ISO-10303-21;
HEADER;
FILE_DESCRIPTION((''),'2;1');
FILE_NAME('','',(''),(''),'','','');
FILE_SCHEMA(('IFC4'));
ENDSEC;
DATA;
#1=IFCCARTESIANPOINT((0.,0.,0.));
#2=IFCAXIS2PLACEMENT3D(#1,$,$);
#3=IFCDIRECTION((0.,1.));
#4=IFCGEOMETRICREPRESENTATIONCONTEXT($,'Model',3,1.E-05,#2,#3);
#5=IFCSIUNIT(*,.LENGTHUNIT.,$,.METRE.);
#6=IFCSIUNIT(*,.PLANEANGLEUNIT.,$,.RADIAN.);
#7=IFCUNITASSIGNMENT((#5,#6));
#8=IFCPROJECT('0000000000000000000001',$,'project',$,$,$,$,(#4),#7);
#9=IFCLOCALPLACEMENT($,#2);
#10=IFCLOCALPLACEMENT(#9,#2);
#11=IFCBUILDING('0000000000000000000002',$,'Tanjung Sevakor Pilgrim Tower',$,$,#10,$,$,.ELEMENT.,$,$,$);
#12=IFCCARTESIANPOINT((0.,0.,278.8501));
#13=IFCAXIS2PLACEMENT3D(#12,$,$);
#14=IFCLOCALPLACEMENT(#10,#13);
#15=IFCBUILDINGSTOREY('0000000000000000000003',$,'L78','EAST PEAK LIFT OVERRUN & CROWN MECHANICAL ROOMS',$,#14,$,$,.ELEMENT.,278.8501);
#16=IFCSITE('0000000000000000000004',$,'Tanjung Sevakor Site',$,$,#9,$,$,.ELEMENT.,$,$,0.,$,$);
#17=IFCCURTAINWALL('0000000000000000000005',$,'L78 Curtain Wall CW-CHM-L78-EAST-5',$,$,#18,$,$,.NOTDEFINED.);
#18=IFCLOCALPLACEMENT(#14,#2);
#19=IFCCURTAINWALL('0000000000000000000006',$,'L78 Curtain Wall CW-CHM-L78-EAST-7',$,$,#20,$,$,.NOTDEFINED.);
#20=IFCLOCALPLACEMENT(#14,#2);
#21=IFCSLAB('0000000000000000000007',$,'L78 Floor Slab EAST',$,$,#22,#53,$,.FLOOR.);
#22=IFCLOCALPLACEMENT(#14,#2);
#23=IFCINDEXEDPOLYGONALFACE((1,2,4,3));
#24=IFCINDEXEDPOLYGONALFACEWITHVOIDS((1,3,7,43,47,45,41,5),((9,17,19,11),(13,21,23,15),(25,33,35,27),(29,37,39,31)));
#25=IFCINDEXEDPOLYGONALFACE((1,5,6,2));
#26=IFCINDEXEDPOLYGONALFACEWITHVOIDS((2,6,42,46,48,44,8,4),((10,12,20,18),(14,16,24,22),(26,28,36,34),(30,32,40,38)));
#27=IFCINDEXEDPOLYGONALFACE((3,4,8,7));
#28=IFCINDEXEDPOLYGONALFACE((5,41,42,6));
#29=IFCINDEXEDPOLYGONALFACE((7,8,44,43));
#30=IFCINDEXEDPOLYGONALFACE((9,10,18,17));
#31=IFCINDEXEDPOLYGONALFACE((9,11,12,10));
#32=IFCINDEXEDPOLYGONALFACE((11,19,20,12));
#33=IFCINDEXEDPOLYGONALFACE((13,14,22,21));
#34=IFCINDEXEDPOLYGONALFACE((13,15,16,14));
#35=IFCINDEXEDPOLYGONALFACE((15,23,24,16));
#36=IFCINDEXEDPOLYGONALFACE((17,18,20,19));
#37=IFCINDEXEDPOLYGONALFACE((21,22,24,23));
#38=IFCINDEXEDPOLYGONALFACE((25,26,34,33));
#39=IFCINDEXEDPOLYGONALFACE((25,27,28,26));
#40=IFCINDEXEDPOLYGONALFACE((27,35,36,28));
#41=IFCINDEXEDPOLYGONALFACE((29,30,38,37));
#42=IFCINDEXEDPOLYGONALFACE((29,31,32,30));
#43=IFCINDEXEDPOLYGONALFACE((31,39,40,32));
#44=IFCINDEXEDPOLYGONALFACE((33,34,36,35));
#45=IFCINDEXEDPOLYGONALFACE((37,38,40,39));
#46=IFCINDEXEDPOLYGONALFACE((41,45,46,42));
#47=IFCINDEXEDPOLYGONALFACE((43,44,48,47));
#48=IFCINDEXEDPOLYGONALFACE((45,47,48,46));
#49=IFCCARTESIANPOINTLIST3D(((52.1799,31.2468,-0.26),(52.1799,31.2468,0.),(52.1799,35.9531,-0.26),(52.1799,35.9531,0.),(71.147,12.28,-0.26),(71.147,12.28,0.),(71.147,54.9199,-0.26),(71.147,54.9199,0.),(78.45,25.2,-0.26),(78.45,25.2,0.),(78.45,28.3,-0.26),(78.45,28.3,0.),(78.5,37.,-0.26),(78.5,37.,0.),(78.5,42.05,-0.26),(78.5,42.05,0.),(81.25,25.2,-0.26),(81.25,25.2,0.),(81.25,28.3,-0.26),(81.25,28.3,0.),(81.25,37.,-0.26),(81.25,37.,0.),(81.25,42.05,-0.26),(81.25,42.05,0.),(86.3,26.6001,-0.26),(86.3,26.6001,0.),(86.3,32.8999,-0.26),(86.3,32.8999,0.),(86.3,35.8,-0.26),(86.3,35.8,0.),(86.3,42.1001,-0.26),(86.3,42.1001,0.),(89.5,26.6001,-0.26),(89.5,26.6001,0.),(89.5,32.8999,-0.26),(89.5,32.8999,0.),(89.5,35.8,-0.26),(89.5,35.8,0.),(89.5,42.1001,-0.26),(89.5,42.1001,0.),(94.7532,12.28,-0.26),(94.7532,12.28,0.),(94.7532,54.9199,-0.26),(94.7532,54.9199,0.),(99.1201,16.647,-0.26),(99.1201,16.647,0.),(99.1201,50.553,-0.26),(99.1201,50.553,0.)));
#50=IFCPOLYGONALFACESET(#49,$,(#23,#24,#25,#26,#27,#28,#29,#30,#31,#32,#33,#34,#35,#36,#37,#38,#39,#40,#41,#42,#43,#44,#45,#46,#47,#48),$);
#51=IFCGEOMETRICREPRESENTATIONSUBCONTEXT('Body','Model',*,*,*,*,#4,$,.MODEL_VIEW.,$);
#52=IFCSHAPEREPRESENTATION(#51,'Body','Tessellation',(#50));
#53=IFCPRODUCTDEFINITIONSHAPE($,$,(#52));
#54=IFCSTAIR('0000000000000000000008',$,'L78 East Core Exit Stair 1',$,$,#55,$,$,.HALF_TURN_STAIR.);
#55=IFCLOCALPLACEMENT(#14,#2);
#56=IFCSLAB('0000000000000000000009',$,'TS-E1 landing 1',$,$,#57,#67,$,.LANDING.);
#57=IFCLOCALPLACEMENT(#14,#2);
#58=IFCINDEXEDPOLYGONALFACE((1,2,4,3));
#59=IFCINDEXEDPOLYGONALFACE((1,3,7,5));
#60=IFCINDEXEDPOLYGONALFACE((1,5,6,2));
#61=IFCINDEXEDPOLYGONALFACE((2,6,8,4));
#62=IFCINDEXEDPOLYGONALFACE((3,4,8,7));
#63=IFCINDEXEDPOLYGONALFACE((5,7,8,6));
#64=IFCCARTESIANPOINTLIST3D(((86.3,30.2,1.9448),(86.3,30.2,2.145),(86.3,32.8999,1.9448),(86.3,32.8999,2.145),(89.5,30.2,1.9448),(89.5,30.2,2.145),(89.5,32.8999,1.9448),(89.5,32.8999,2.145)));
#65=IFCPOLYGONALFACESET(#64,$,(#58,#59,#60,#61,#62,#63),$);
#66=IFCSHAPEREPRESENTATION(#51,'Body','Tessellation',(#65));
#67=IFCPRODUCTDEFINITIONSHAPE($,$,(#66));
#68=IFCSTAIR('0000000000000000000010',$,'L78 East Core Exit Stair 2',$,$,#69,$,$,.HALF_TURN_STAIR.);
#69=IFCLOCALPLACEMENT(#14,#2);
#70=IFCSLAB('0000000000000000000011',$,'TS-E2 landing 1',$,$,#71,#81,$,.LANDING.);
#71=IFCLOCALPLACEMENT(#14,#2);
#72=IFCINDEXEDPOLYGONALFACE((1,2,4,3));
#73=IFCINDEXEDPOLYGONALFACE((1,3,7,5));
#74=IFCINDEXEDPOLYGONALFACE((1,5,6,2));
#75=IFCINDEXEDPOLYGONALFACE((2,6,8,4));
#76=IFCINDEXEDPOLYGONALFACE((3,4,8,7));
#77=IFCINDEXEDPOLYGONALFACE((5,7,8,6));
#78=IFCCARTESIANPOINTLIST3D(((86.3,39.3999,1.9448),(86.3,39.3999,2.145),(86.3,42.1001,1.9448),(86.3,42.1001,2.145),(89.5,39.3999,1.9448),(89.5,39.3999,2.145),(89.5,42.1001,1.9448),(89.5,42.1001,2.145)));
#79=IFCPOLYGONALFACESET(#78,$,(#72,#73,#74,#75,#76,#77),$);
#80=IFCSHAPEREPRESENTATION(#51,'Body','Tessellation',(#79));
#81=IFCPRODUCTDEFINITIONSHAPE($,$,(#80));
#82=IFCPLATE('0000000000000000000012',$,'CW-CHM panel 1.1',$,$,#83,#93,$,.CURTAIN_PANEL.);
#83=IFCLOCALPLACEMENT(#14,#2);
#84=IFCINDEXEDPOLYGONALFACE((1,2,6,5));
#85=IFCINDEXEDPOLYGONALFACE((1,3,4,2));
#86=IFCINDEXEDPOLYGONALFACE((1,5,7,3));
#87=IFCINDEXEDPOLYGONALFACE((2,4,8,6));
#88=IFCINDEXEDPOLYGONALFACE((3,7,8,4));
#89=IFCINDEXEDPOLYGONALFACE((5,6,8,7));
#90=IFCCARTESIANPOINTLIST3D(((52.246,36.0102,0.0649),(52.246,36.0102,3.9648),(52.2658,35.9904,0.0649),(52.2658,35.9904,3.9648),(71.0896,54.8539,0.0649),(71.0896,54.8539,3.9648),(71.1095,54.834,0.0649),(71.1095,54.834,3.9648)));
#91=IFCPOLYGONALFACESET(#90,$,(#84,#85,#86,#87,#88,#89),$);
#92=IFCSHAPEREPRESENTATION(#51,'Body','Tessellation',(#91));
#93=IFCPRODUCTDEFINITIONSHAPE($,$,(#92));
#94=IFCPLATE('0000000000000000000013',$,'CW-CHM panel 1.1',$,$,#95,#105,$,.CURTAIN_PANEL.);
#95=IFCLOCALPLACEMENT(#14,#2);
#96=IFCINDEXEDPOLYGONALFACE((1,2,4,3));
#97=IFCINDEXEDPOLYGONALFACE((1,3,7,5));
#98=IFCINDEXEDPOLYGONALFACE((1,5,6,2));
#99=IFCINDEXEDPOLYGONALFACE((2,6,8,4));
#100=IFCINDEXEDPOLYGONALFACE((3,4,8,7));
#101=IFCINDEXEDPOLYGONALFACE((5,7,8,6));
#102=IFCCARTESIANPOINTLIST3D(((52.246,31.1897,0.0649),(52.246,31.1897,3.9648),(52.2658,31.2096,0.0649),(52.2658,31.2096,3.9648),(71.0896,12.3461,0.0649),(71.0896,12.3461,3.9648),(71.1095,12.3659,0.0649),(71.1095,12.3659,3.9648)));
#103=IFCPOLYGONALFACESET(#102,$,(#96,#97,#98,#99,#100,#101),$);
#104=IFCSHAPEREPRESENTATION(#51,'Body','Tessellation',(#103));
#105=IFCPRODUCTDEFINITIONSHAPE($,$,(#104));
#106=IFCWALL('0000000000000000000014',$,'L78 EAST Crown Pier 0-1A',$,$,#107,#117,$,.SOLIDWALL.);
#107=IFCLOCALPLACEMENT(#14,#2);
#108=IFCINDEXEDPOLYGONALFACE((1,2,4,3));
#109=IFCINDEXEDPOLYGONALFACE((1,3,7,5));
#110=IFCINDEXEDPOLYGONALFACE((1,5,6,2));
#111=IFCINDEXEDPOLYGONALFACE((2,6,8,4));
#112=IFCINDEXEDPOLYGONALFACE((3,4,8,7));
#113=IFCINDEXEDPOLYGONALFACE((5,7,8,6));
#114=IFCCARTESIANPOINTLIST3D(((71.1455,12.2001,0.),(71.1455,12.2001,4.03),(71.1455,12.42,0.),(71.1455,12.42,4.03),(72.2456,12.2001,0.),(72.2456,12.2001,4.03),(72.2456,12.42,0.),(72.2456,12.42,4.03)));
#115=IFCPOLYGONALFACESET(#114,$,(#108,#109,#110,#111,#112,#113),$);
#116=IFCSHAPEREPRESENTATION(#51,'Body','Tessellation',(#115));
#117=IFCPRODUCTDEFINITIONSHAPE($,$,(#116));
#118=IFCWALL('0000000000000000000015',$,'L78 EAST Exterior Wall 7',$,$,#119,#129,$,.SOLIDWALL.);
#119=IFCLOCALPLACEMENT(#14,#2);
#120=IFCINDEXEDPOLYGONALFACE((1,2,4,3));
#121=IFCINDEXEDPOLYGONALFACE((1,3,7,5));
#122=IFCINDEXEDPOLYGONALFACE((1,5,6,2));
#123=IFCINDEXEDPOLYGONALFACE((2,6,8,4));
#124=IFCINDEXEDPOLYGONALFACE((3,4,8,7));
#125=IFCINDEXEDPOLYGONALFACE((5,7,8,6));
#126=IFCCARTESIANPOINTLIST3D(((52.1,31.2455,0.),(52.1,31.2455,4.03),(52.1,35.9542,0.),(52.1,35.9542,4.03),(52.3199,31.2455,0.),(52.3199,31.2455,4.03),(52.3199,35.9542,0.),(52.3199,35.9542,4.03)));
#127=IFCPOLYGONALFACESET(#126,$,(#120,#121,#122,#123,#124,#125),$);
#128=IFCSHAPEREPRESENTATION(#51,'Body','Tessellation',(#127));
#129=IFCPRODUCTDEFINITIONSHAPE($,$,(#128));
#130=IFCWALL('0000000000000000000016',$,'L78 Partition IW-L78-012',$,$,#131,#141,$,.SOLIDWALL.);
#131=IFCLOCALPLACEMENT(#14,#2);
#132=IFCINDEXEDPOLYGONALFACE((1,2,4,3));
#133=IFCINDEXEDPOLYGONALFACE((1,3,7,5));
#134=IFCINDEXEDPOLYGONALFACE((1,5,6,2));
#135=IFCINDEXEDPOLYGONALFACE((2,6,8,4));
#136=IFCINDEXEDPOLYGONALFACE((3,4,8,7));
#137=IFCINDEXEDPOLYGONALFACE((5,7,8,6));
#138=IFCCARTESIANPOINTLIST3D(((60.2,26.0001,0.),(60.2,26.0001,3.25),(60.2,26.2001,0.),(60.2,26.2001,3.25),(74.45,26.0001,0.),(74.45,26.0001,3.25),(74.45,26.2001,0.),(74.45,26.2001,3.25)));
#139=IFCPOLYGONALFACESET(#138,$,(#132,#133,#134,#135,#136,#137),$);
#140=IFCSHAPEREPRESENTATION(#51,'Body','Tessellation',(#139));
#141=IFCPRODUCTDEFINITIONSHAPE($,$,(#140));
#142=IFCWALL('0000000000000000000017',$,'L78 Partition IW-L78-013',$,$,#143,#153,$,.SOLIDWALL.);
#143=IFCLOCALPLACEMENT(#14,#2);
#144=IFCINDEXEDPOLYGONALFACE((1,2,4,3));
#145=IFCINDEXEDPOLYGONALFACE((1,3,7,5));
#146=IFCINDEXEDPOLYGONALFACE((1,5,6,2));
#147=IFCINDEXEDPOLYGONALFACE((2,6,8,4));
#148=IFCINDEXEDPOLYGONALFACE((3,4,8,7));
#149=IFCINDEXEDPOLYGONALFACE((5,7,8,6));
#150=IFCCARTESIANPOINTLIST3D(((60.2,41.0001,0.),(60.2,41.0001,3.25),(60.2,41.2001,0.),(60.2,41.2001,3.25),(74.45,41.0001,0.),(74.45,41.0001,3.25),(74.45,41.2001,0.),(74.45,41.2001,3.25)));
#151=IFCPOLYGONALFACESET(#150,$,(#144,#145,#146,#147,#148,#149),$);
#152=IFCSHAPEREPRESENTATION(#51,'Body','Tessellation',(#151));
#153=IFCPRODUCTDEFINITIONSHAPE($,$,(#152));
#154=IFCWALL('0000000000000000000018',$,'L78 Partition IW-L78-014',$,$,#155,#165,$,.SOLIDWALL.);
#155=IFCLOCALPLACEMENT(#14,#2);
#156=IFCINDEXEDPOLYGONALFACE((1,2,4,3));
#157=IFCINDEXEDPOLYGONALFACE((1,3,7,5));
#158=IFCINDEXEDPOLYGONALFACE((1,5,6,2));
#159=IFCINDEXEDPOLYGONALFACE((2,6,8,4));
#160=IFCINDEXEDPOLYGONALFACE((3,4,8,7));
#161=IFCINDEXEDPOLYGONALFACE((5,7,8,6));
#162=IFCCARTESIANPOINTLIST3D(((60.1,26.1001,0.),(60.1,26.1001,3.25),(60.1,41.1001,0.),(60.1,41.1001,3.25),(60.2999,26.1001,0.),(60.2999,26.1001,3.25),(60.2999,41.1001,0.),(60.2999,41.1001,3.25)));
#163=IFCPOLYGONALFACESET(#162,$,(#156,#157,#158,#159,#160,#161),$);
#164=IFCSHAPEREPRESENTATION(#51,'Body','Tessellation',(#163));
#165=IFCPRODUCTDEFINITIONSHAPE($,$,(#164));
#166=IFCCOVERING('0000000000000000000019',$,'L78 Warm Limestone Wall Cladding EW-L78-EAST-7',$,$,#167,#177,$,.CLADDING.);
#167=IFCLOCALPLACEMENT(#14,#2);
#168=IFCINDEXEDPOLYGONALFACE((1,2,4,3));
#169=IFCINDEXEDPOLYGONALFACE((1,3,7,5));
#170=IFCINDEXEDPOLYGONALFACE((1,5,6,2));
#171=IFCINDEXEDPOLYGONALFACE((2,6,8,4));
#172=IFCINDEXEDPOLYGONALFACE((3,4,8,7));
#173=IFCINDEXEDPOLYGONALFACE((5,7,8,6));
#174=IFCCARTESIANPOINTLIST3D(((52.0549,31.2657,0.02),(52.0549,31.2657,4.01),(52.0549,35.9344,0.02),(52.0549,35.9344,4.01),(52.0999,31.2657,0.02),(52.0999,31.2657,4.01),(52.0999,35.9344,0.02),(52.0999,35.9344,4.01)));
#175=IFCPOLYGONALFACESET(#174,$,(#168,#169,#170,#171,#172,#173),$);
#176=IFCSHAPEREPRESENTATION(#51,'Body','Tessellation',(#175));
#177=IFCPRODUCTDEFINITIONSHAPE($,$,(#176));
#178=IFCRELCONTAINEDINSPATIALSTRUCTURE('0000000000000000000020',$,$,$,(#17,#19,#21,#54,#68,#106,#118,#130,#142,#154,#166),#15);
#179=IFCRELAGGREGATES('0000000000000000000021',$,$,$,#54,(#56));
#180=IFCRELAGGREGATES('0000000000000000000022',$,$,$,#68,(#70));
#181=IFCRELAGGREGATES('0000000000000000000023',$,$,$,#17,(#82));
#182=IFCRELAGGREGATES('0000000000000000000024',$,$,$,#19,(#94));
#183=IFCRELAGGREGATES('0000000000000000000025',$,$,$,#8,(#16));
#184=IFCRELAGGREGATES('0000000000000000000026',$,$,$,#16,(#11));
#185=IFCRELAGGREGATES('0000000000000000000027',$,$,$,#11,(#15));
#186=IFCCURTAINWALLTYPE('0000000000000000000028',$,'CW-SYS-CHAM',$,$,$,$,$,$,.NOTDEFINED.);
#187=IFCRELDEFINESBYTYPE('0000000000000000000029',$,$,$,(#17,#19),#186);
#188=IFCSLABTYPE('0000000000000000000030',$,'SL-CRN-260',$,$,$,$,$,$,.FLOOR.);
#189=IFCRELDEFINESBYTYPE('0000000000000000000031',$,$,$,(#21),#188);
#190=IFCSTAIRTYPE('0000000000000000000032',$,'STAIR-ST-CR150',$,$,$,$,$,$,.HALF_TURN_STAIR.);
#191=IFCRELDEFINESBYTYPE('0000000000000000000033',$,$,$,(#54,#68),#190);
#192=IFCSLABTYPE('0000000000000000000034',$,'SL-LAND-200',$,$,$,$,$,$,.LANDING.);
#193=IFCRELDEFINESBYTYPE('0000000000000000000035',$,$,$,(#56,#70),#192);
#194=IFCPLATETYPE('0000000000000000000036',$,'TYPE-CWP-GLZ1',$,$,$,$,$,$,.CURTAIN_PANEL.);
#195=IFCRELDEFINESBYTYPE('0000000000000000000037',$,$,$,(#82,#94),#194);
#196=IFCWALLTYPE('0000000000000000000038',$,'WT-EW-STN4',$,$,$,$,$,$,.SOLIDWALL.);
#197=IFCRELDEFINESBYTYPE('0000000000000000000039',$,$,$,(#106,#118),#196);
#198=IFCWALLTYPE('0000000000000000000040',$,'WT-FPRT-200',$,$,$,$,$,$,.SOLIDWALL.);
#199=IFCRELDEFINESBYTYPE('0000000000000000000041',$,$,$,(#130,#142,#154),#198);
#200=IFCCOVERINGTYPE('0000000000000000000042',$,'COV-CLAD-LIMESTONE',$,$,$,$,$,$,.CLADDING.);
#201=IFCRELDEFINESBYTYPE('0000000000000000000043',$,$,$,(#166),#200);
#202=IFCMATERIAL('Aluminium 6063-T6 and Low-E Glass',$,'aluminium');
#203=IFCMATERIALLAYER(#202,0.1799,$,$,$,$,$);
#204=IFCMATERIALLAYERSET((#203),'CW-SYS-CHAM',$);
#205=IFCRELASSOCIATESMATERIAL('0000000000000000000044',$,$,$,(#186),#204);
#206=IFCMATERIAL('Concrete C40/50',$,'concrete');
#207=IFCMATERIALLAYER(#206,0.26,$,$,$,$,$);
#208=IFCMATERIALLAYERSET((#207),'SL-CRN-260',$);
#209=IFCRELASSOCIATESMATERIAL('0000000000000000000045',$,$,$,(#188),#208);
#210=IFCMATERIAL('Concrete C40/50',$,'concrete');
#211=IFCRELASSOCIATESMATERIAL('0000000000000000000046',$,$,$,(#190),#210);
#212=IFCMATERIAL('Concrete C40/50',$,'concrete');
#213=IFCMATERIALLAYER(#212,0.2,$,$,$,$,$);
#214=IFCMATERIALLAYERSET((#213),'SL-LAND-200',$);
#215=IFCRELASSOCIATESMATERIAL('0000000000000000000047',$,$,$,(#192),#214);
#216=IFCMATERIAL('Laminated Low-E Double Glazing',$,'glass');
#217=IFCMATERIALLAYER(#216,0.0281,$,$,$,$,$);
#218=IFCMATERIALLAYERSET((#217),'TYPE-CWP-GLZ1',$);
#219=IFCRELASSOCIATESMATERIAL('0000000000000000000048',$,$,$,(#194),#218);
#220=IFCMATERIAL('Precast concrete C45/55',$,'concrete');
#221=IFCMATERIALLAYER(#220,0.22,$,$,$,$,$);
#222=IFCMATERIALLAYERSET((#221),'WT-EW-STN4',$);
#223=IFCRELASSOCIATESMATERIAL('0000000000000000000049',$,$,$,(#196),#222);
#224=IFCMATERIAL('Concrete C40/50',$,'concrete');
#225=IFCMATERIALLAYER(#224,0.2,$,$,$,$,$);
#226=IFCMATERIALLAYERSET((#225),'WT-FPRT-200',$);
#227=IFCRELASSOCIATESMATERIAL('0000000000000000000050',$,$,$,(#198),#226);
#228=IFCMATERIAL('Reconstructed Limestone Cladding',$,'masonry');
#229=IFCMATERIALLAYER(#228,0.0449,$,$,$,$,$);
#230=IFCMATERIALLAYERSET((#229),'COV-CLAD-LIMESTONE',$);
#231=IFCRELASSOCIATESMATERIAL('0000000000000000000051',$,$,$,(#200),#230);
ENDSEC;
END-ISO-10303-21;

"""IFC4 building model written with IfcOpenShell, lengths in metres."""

from ifc_helpers import new_model, si_unit, direction, frame, frame_2d, origin, origin_2d, place, context, subcontext, project, spatial, polyline, rectangle, outline, extrude, material, layer, layer_set, type_object, element, aggregate, save


model = new_model("IFC4")

# Units and contexts
model_context = context("Model", 3, precision=1e-05, world=origin(), true_north=direction((0.0, 1.0)))
body_context = subcontext(model_context, "Body", "Model", "MODEL_VIEW")
ifc_project = project(units=[si_unit("LENGTHUNIT", "METRE"), si_unit("PLANEANGLEUNIT", "RADIAN")], contexts=[model_context])

# Site, building, storey
site_placement = place(None, origin())
site = spatial("IfcSite", under=ifc_project, at=site_placement, Name="Tanjung Sevakor Site", CompositionType="ELEMENT", RefElevation=0.0)
building_placement = place(site_placement, origin())
building = spatial("IfcBuilding", under=site, at=building_placement, Name="Tanjung Sevakor Pilgrim Tower", CompositionType="ELEMENT")
storey_placement = place(building_placement, frame((0.0, 0.0, 278.8501)))
storey = spatial("IfcBuildingStorey", under=building, at=storey_placement, Name="L78", Description="EAST PEAK LIFT OVERRUN & CROWN MECHANICAL ROOMS", CompositionType="ELEMENT", Elevation=278.8501)

# Curtain walls
ifc_material_1 = material(Name="Aluminium 6063-T6 and Low-E Glass", Category="aluminium")
ifc_layer_1 = layer(ifc_material_1, 0.1799)
ifc_layer_set_1 = layer_set([ifc_layer_1], Name="CW-SYS-CHAM")
curtain_wall_type = type_object("IfcCurtainWallType", Name="CW-SYS-CHAM", PredefinedType="NOTDEFINED", material=ifc_layer_set_1)
curtain_wall_1_placement = place(storey_placement, origin())
curtain_wall_1 = element("IfcCurtainWall", 1, at=curtain_wall_1_placement, inside=storey, type_object=curtain_wall_type, Name="L78 Curtain Wall CW-CHM-L78-EAST-5", PredefinedType="NOTDEFINED")
curtain_wall_2_placement = place(storey_placement, origin())
curtain_wall_2 = element("IfcCurtainWall", 2, at=curtain_wall_2_placement, inside=storey, type_object=curtain_wall_type, Name="L78 Curtain Wall CW-CHM-L78-EAST-7", PredefinedType="NOTDEFINED")

# Slab
ifc_material_2 = material(Name="Concrete C40/50", Category="concrete")
ifc_layer_2 = layer(ifc_material_2, 0.26)
ifc_layer_set_2 = layer_set([ifc_layer_2], Name="SL-CRN-260")
slab_type_1 = type_object("IfcSlabType", Name="SL-CRN-260", PredefinedType="FLOOR", material=ifc_layer_set_2)
slab_1_placement = place(storey_placement, frame((0.0, 0.0, -0.26)))
element("IfcSlab", 3, at=slab_1_placement, inside=storey, type_object=slab_type_1, Name="L78 Floor Slab EAST", PredefinedType="FLOOR", context=body_context, shape_type="SweptSolid", body=[
    extrude(outline(polyline([(71.147, 12.28), (94.7532, 12.28), (99.1201, 16.647), (99.1201, 50.553), (94.7532, 54.9199), (71.147, 54.9199), (52.1799, 35.9531), (52.1799, 31.2468), (71.147, 12.28)]), holes=[polyline([(89.5, 26.6001), (89.5, 32.8999), (86.3, 32.8999), (86.3, 26.6001), (89.5, 26.6001)]), polyline([(89.5, 35.8), (89.5, 42.1001), (86.3, 42.1001), (86.3, 35.8), (89.5, 35.8)]), polyline([(78.45, 25.2), (81.25, 25.2), (81.25, 28.3), (78.45, 28.3), (78.45, 25.2)]), polyline([(78.5, 37.0), (81.25, 37.0), (81.25, 42.05), (78.5, 42.05), (78.5, 37.0)])]), origin(), (0.0, 0.0, 1.0), 0.26),
])

# Stairs, slabs
ifc_material_3 = material(Name="Concrete C40/50", Category="concrete")
stair_type = type_object("IfcStairType", Name="STAIR-ST-CR150", PredefinedType="HALF_TURN_STAIR", material=ifc_material_3)
stair_1_placement = place(storey_placement, origin())
stair_1 = element("IfcStair", 4, at=stair_1_placement, inside=storey, type_object=stair_type, Name="L78 East Core Exit Stair 1", PredefinedType="HALF_TURN_STAIR")
ifc_material_4 = material(Name="Concrete C40/50", Category="concrete")
ifc_layer_3 = layer(ifc_material_4, 0.2)
ifc_layer_set_3 = layer_set([ifc_layer_3], Name="SL-LAND-200")
slab_type_2 = type_object("IfcSlabType", Name="SL-LAND-200", PredefinedType="LANDING", material=ifc_layer_set_3)
slab_2_placement = place(storey_placement, frame((0.0, 0.0, 1.9448)))
slab_2 = element("IfcSlab", 5, at=slab_2_placement, type_object=slab_type_2, Name="TS-E1 landing 1", PredefinedType="LANDING", context=body_context, shape_type="SweptSolid", body=[
    extrude(outline(polyline([(89.5, 30.2), (89.5, 32.8999), (86.3, 32.8999), (86.3, 30.2), (89.5, 30.2)])), origin(), (0.0, 0.0, 1.0), 0.2002),
])
aggregate(stair_1, [slab_2])
stair_2_placement = place(storey_placement, origin())
stair_2 = element("IfcStair", 6, at=stair_2_placement, inside=storey, type_object=stair_type, Name="L78 East Core Exit Stair 2", PredefinedType="HALF_TURN_STAIR")
slab_3_placement = place(storey_placement, frame((0.0, 0.0, 1.9448)))
slab_3 = element("IfcSlab", 7, at=slab_3_placement, type_object=slab_type_2, Name="TS-E2 landing 1", PredefinedType="LANDING", context=body_context, shape_type="SweptSolid", body=[
    extrude(outline(polyline([(89.5, 39.3999), (89.5, 42.1001), (86.3, 42.1001), (86.3, 39.3999), (89.5, 39.3999)])), origin(), (0.0, 0.0, 1.0), 0.2002),
])
aggregate(stair_2, [slab_3])

# Plates
ifc_material_5 = material(Name="Laminated Low-E Double Glazing", Category="glass")
ifc_layer_4 = layer(ifc_material_5, 0.0281)
ifc_layer_set_4 = layer_set([ifc_layer_4], Name="TYPE-CWP-GLZ1")
plate_type = type_object("IfcPlateType", Name="TYPE-CWP-GLZ1", PredefinedType="CURTAIN_PANEL", material=ifc_layer_set_4)
plate_1_placement = place(storey_placement, frame((61.6777, 45.4221, 0.0649), z_axis=(0.0, 0.0, 1.0), x_axis=(-0.707107, -0.707107, 0.0)))
plate_1 = element("IfcPlate", 8, at=plate_1_placement, type_object=plate_type, Name="CW-CHM panel 1.1", PredefinedType="CURTAIN_PANEL", context=body_context, shape_type="SweptSolid", body=[
    extrude(rectangle(XDim=26.6489, YDim=0.0281, at=origin_2d()), origin(), (0.0, 0.0, 1.0), 3.8999),
])
aggregate(curtain_wall_1, [plate_1])
plate_2_placement = place(storey_placement, frame((61.6777, 21.7778, 0.0649), z_axis=(0.0, 0.0, 1.0), x_axis=(0.707107, -0.707107, 0.0)))
plate_2 = element("IfcPlate", 9, at=plate_2_placement, type_object=plate_type, Name="CW-CHM panel 1.1", PredefinedType="CURTAIN_PANEL", context=body_context, shape_type="SweptSolid", body=[
    extrude(rectangle(XDim=26.6489, YDim=0.0281, at=origin_2d()), origin(), (0.0, 0.0, 1.0), 3.8999),
])
aggregate(curtain_wall_2, [plate_2])

# Walls
ifc_material_6 = material(Name="Precast concrete C45/55", Category="concrete")
ifc_layer_5 = layer(ifc_material_6, 0.22)
ifc_layer_set_5 = layer_set([ifc_layer_5], Name="WT-EW-STN4")
wall_type_1 = type_object("IfcWallType", Name="WT-EW-STN4", PredefinedType="SOLIDWALL", material=ifc_layer_set_5)
wall_1_placement = place(storey_placement, frame((71.1455, 12.3101, 0.0), z_axis=(0.0, 0.0, 1.0), x_axis=(1.0, 0.0, 0.0)))
element("IfcWall", 10, at=wall_1_placement, inside=storey, type_object=wall_type_1, Name="L78 EAST Crown Pier 0-1A", PredefinedType="SOLIDWALL", context=body_context, shape_type="SweptSolid", body=[
    extrude(rectangle(XDim=1.1001, YDim=0.22, at=frame_2d((0.55, 0.0))), origin(), (0.0, 0.0, 1.0), 4.03),
])
wall_2_placement = place(storey_placement, frame((52.21, 35.9543, 0.0), z_axis=(0.0, 0.0, 1.0), x_axis=(0.0, -1.0, 0.0)))
element("IfcWall", 11, at=wall_2_placement, inside=storey, type_object=wall_type_1, Name="L78 EAST Exterior Wall 7", PredefinedType="SOLIDWALL", context=body_context, shape_type="SweptSolid", body=[
    extrude(rectangle(XDim=4.7087, YDim=0.22, at=frame_2d((2.3545, 0.0))), origin(), (0.0, 0.0, 1.0), 4.03),
])
ifc_material_7 = material(Name="Concrete C40/50", Category="concrete")
ifc_layer_6 = layer(ifc_material_7, 0.2)
ifc_layer_set_6 = layer_set([ifc_layer_6], Name="WT-FPRT-200")
wall_type_2 = type_object("IfcWallType", Name="WT-FPRT-200", PredefinedType="SOLIDWALL", material=ifc_layer_set_6)
for number, where, z_axis, x_axis, name in (
    (12, (60.2, 26.1001, 0.0), (0.0, 0.0, 1.0), (1.0, 0.0, 0.0), "L78 Partition IW-L78-012"),
    (13, (60.2, 41.1001, 0.0), (0.0, 0.0, 1.0), (1.0, 0.0, 0.0), "L78 Partition IW-L78-013"),
):
    element("IfcWall", number, at=place(storey_placement, frame(where, z_axis=z_axis, x_axis=x_axis)), inside=storey, type_object=wall_type_2, Name=name, PredefinedType="SOLIDWALL", context=body_context, shape_type="SweptSolid", body=[
        extrude(rectangle(XDim=14.25, YDim=0.2, at=frame_2d((7.125, 0.0))), origin(), (0.0, 0.0, 1.0), 3.25),
    ])
wall_3_placement = place(storey_placement, frame((60.2, 26.1001, 0.0), z_axis=(0.0, 0.0, 1.0), x_axis=(0.0, 1.0, 0.0)))
element("IfcWall", 14, at=wall_3_placement, inside=storey, type_object=wall_type_2, Name="L78 Partition IW-L78-014", PredefinedType="SOLIDWALL", context=body_context, shape_type="SweptSolid", body=[
    extrude(rectangle(XDim=15.0, YDim=0.2, at=frame_2d((7.5, 0.0))), origin(), (0.0, 0.0, 1.0), 3.25),
])

# Covering
ifc_material_8 = material(Name="Reconstructed Limestone Cladding", Category="masonry")
ifc_layer_7 = layer(ifc_material_8, 0.0449)
ifc_layer_set_7 = layer_set([ifc_layer_7], Name="COV-CLAD-LIMESTONE")
covering_type = type_object("IfcCoveringType", Name="COV-CLAD-LIMESTONE", PredefinedType="CLADDING", material=ifc_layer_set_7)
covering_placement = place(storey_placement, frame((52.0774, 33.6001, 0.02), z_axis=(0.0, 0.0, 1.0), x_axis=(0.0, -1.0, 0.0)))
element("IfcCovering", 15, at=covering_placement, inside=storey, type_object=covering_type, Name="L78 Warm Limestone Wall Cladding EW-L78-EAST-7", PredefinedType="CLADDING", context=body_context, shape_type="SweptSolid", body=[
    extrude(rectangle(XDim=4.6687, YDim=0.0449, at=origin_2d()), origin(), (0.0, 0.0, 1.0), 3.99),
])

save(model, "model.ifc")
